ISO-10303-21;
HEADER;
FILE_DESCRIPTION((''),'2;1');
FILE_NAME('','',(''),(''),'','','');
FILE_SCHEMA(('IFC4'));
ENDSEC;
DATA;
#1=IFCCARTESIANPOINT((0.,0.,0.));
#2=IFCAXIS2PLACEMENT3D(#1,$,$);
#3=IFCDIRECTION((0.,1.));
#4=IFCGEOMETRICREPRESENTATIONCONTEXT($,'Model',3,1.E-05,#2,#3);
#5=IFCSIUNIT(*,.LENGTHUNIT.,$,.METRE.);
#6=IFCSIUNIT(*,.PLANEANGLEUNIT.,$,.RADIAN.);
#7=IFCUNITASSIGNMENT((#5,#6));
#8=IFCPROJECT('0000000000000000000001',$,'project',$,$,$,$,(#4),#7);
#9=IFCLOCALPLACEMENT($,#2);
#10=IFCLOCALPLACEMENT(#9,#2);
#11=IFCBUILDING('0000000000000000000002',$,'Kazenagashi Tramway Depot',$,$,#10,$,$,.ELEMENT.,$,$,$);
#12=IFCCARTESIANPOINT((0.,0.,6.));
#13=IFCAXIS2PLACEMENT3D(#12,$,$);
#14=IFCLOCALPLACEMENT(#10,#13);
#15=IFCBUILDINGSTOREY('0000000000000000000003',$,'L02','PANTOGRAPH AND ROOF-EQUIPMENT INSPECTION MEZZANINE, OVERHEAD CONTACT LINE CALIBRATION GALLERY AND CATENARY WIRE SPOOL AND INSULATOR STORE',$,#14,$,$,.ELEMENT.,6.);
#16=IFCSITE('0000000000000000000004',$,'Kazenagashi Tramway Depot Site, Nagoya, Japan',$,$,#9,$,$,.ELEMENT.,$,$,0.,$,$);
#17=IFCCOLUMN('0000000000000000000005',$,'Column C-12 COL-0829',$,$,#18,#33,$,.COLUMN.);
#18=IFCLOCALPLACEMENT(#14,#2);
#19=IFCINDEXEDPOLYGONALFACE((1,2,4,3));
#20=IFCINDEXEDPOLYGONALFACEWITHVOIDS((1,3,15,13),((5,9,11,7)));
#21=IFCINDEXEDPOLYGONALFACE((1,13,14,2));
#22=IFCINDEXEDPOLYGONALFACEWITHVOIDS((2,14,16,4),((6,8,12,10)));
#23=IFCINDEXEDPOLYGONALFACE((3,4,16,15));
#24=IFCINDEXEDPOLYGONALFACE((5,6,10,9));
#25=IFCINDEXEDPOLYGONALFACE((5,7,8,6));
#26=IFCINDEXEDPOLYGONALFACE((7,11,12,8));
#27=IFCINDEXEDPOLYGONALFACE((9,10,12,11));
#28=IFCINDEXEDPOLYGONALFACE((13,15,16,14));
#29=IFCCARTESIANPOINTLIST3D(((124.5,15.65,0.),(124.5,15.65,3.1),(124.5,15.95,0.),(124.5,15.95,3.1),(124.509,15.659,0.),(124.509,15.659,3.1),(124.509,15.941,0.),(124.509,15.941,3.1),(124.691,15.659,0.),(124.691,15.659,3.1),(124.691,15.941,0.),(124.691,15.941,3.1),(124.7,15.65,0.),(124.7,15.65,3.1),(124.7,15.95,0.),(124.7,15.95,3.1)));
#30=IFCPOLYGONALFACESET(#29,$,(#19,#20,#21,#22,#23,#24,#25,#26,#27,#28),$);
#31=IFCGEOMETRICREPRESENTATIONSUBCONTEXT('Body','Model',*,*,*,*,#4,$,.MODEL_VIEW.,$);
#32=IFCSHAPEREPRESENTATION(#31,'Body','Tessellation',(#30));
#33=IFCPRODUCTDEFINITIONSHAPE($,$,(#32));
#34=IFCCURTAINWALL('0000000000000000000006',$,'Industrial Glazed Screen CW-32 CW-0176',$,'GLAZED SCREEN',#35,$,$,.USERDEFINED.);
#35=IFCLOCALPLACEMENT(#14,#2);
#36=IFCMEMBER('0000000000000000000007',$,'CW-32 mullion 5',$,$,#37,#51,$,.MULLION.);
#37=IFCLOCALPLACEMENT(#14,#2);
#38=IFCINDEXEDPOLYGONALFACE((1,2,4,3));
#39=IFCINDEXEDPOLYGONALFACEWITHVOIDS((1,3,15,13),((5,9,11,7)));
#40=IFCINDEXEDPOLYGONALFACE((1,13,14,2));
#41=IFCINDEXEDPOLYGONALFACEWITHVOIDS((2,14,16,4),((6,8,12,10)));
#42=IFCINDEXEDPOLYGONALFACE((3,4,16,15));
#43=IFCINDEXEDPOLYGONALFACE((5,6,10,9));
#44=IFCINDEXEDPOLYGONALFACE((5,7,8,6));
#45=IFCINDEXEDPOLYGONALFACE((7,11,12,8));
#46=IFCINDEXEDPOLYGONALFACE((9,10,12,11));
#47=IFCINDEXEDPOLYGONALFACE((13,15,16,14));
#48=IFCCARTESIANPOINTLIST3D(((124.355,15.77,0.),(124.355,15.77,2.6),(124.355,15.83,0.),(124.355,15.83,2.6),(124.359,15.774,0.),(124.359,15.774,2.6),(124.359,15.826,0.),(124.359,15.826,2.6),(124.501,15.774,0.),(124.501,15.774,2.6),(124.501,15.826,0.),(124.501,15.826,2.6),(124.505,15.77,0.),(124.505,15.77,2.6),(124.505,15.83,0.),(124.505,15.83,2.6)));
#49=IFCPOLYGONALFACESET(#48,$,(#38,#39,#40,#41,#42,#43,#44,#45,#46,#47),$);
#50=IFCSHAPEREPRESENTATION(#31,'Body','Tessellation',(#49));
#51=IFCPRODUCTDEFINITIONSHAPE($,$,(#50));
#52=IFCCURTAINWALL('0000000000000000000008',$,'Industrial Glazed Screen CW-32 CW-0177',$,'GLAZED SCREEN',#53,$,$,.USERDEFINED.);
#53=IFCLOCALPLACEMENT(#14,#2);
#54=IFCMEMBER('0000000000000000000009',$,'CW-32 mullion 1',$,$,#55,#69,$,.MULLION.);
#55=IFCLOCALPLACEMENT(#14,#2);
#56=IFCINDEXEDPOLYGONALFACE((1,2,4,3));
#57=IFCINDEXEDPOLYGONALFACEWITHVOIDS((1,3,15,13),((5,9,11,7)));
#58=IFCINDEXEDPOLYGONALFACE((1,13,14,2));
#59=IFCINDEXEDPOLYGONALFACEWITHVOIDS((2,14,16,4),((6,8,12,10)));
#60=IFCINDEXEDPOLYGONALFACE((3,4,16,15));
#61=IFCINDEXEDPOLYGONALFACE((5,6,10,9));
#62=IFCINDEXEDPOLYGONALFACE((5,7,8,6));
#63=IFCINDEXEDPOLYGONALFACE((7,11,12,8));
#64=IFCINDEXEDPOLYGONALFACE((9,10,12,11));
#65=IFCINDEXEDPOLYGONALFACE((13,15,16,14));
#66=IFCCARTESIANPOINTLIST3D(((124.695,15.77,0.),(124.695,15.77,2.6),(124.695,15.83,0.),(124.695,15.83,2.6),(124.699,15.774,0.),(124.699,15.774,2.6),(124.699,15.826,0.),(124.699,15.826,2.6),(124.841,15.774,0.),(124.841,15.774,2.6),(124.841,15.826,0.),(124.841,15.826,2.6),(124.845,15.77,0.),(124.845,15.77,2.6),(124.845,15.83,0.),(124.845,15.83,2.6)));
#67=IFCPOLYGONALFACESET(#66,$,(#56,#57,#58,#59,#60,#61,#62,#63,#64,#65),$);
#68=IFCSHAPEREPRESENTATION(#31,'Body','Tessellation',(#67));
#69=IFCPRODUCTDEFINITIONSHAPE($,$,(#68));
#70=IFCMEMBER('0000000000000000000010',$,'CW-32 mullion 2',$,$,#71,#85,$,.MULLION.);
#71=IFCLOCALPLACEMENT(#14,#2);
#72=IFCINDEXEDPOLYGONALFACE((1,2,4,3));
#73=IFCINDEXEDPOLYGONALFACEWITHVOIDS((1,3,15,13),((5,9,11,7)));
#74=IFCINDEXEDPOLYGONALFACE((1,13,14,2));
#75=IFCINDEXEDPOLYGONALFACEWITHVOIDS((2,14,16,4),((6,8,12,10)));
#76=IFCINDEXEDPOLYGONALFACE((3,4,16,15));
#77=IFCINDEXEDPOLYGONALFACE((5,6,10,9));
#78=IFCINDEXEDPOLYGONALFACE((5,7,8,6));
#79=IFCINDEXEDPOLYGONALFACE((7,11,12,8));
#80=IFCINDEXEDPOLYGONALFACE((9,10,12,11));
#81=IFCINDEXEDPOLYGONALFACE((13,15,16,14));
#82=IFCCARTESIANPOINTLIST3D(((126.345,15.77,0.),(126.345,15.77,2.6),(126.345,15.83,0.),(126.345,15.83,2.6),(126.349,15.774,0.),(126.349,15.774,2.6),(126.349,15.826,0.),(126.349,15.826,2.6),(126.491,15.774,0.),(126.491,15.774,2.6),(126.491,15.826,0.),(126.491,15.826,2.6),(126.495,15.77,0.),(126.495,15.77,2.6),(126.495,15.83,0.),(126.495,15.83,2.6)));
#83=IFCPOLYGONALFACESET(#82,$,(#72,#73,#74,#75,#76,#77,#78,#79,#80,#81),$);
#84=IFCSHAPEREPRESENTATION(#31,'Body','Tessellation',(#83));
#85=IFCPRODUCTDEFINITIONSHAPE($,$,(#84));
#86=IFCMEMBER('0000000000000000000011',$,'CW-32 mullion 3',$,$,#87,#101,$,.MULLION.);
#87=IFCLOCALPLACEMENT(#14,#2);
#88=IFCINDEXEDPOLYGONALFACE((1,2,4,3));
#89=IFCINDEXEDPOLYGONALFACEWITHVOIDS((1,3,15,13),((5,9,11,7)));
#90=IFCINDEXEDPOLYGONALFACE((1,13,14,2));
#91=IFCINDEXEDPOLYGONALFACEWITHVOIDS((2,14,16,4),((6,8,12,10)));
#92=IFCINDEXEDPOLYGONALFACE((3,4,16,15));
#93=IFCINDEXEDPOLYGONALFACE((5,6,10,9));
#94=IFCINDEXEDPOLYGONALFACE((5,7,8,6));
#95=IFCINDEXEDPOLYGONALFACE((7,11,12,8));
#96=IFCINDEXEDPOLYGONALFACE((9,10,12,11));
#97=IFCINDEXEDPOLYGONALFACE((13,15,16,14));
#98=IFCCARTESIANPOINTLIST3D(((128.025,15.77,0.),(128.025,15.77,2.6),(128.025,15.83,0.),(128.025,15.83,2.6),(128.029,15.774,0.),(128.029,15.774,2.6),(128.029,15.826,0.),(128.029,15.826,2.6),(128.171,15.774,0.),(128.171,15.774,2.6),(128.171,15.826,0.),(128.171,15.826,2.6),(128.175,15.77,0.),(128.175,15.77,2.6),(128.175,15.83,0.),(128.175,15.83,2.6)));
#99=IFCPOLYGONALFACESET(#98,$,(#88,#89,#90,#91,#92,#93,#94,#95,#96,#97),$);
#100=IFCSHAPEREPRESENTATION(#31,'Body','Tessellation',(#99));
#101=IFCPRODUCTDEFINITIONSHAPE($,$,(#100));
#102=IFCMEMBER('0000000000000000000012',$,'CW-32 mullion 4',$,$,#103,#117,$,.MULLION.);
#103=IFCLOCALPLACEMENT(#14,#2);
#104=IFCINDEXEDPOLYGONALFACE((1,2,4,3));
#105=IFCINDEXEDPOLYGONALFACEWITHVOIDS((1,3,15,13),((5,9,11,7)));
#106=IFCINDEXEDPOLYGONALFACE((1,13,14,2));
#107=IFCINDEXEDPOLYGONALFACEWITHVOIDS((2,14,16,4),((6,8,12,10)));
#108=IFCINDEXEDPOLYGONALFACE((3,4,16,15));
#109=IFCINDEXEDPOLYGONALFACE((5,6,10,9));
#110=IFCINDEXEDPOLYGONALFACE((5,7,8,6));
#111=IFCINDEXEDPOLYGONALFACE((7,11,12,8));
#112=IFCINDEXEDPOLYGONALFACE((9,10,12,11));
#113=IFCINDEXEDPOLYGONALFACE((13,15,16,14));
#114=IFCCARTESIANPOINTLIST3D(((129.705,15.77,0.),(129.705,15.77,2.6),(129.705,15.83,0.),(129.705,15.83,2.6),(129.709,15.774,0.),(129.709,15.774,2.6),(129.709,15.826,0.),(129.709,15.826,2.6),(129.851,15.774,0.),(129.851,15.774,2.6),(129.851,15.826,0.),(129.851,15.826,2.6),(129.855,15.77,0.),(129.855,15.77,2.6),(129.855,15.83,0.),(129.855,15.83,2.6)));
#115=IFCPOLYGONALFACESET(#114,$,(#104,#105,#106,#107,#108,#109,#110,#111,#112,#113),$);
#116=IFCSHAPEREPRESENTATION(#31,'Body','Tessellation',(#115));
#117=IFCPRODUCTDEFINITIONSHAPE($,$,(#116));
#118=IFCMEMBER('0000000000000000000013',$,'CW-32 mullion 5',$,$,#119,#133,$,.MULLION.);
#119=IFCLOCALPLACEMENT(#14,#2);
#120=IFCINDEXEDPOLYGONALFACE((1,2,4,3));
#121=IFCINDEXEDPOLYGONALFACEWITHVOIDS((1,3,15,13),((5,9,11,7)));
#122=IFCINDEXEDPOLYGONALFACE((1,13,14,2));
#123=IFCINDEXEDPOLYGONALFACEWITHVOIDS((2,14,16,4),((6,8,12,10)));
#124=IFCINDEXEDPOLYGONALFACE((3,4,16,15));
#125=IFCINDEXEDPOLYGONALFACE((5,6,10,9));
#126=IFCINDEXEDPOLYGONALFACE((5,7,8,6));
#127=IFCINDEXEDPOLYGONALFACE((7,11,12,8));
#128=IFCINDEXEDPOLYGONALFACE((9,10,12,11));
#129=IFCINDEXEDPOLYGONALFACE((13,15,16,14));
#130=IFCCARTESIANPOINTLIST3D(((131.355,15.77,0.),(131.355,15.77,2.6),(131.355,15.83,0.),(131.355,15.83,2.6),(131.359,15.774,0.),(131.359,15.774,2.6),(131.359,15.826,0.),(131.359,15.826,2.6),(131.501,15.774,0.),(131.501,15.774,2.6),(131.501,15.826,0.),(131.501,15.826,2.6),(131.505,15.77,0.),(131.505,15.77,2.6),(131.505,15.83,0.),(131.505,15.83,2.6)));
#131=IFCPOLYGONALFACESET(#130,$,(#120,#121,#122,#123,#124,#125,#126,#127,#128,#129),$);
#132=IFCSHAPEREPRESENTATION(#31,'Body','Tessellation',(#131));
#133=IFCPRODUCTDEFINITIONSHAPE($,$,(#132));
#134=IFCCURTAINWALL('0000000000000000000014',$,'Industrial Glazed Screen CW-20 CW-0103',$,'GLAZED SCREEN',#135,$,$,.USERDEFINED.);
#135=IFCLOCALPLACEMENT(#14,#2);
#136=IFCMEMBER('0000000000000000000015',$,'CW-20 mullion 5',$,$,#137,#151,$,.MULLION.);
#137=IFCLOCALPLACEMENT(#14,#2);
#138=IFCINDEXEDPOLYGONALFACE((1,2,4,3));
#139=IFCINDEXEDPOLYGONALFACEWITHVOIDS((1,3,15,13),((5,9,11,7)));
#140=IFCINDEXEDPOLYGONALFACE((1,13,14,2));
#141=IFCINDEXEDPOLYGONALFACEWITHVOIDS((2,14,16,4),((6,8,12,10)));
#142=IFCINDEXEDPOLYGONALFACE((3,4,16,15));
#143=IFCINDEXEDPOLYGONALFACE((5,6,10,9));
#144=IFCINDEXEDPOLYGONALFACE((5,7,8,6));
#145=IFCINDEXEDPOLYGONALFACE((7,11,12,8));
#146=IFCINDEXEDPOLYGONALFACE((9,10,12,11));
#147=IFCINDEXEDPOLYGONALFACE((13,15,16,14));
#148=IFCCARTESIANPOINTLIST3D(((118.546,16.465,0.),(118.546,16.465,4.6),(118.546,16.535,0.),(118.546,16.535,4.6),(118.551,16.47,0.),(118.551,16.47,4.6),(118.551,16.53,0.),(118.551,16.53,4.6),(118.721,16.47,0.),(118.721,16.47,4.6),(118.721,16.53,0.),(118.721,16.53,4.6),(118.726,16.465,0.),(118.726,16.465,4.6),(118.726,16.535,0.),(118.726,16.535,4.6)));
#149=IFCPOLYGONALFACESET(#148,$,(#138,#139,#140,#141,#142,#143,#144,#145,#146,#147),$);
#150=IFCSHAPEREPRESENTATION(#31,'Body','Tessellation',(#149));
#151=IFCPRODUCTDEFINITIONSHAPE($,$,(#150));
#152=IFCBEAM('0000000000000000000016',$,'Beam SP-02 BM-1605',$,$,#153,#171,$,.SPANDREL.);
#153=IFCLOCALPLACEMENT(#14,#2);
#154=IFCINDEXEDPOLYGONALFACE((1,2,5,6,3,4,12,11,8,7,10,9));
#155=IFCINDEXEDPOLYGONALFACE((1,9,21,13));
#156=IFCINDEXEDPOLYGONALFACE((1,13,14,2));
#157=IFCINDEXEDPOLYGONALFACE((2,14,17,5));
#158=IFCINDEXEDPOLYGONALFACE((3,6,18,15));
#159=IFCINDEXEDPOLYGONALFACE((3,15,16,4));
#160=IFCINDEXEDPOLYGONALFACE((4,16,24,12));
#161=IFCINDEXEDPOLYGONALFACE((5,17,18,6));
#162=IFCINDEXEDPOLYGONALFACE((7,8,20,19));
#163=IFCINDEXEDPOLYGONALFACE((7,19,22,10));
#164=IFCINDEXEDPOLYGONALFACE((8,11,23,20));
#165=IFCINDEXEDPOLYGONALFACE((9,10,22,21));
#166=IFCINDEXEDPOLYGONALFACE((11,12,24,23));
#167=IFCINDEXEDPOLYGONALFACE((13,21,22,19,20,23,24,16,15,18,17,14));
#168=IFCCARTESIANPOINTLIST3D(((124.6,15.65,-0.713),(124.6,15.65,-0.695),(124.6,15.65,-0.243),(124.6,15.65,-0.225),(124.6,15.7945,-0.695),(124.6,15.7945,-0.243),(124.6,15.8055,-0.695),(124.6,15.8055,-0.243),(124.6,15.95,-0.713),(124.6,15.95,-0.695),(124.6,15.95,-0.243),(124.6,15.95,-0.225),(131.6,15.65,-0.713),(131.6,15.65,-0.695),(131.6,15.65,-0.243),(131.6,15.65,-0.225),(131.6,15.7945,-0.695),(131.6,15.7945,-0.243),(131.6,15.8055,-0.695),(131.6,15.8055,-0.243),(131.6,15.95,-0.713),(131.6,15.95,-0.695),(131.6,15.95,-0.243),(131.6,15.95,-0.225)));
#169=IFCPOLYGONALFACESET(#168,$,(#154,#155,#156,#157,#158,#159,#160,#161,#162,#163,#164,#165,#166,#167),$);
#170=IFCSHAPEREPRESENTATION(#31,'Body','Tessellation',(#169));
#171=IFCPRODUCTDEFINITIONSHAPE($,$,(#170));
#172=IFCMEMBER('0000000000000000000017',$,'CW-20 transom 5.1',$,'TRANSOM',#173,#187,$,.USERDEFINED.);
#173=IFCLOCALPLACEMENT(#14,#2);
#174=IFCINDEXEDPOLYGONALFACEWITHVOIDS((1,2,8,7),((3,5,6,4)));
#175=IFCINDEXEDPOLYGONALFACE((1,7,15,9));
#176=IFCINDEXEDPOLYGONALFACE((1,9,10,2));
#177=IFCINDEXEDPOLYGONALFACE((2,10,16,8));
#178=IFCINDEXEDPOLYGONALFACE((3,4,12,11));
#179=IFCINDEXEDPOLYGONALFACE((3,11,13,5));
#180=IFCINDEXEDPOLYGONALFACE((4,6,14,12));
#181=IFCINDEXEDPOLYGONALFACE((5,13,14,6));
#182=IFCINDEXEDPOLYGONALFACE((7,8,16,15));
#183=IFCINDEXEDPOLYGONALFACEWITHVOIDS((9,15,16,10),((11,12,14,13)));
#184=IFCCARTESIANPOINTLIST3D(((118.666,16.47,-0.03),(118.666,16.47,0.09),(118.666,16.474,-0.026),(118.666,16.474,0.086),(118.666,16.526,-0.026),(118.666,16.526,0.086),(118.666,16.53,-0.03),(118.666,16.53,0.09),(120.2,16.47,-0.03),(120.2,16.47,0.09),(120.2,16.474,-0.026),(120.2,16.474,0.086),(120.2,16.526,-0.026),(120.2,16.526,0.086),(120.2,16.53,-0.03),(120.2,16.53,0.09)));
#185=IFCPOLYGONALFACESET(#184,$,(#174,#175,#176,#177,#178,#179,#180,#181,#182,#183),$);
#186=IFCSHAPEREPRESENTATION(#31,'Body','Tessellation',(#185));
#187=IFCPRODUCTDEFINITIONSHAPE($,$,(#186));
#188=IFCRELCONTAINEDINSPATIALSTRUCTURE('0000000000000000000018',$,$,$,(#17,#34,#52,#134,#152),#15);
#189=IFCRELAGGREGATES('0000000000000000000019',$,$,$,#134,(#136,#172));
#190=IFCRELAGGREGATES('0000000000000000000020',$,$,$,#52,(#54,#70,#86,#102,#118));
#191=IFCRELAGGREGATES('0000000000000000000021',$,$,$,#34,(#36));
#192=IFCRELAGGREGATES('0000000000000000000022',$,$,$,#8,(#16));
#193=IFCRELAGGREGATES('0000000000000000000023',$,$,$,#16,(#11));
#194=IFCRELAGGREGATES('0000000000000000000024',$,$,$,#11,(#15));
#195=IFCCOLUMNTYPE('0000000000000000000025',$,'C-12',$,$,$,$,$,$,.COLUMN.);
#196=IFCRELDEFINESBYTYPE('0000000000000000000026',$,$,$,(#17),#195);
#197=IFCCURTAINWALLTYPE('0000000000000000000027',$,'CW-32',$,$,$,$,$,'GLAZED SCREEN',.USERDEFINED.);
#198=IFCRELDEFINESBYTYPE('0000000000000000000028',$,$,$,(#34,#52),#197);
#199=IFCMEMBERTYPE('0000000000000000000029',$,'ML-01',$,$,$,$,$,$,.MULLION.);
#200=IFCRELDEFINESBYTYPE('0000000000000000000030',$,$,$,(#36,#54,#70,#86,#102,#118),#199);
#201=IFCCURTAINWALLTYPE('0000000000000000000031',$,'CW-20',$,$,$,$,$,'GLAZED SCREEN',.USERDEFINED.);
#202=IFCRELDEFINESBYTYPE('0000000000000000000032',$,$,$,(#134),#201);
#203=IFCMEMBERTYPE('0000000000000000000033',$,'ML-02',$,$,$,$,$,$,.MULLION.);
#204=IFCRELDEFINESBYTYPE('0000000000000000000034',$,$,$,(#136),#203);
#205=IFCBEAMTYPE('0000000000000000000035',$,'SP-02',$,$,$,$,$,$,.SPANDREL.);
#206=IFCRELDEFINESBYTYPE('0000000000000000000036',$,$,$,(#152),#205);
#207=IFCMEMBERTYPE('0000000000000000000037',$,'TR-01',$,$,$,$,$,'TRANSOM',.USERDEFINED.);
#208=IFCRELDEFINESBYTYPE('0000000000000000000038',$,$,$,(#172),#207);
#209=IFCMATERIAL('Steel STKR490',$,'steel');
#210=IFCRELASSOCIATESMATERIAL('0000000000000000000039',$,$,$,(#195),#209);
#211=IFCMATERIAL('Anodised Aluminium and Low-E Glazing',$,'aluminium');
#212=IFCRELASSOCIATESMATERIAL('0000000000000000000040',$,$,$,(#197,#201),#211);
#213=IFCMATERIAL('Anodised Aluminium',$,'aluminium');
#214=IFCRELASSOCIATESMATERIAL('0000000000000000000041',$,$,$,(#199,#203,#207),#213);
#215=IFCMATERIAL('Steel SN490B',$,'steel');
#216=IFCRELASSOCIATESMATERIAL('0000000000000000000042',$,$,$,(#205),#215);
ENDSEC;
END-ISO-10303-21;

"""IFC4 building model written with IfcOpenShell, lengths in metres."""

from ifc_helpers import new_model, si_unit, direction, frame, origin, origin_2d, place, context, subcontext, project, spatial, hollow_rectangle, i_section, extrude, material, material_profile, profile_set, type_object, element, aggregate, save


model = new_model("IFC4")

# Units and contexts
model_context = context("Model", 3, precision=1e-05, world=origin(), true_north=direction((0.0, 1.0)))
body_context = subcontext(model_context, "Body", "Model", "MODEL_VIEW")
ifc_project = project(units=[si_unit("LENGTHUNIT", "METRE"), si_unit("PLANEANGLEUNIT", "RADIAN")], contexts=[model_context])

# Site, building, storey
site_placement = place(None, origin())
site = spatial("IfcSite", under=ifc_project, at=site_placement, Name="Kazenagashi Tramway Depot Site, Nagoya, Japan", CompositionType="ELEMENT", RefElevation=0.0)
building_placement = place(site_placement, origin())
building = spatial("IfcBuilding", under=site, at=building_placement, Name="Kazenagashi Tramway Depot", CompositionType="ELEMENT")
storey_placement = place(building_placement, frame((0.0, 0.0, 6.0)))
storey = spatial("IfcBuildingStorey", under=building, at=storey_placement, Name="L02", Description="PANTOGRAPH AND ROOF-EQUIPMENT INSPECTION MEZZANINE, OVERHEAD CONTACT LINE CALIBRATION GALLERY AND CATENARY WIRE SPOOL AND INSULATOR STORE", CompositionType="ELEMENT", Elevation=6.0)

# Column
ifc_material_1 = material(Name="Steel STKR490", Category="steel")
ifc_material_profile_1 = material_profile(ifc_material_1, hollow_rectangle(XDim=0.2, YDim=0.3, WallThickness=0.009, at=origin_2d()), Name="RHS-300x200x9")
ifc_profile_set_1 = profile_set([ifc_material_profile_1], Name="Steel STKR490")
column_type = type_object("IfcColumnType", Name="C-12", PredefinedType="COLUMN", material=ifc_profile_set_1)
column_placement = place(storey_placement, frame((124.6, 15.8, 0.0), z_axis=(0.0, 0.0, 1.0), x_axis=(1.0, 0.0, 0.0)))
element("IfcColumn", 1, at=column_placement, inside=storey, type_object=column_type, Name="Column C-12 COL-0829", PredefinedType="COLUMN", context=body_context, shape_type="SweptSolid", body=[
    extrude(hollow_rectangle(XDim=0.2, YDim=0.3, WallThickness=0.009, at=origin_2d()), origin(), (0.0, 0.0, 1.0), 3.1),
])

# Curtain wall, member
ifc_material_2 = material(Name="Anodised Aluminium and Low-E Glazing", Category="aluminium")
curtain_wall_type_1 = type_object("IfcCurtainWallType", Name="CW-32", ElementType="GLAZED SCREEN", PredefinedType="USERDEFINED", material=ifc_material_2)
curtain_wall_1_placement = place(storey_placement, origin())
curtain_wall_1 = element("IfcCurtainWall", 2, at=curtain_wall_1_placement, inside=storey, type_object=curtain_wall_type_1, Name="Industrial Glazed Screen CW-32 CW-0176", ObjectType="GLAZED SCREEN", PredefinedType="USERDEFINED")
ifc_material_3 = material(Name="Anodised Aluminium", Category="aluminium")
ifc_material_profile_2 = material_profile(ifc_material_3, hollow_rectangle(XDim=0.06, YDim=0.15, WallThickness=0.004, at=origin_2d()), Name="RHS-150x60x4")
ifc_profile_set_2 = profile_set([ifc_material_profile_2], Name="Anodised Aluminium")
member_type_1 = type_object("IfcMemberType", Name="ML-01", PredefinedType="MULLION", material=ifc_profile_set_2)
member_1_placement = place(storey_placement, frame((124.43, 15.8, 0.0), z_axis=(0.0, 0.0, 1.0), x_axis=(0.0, 1.0, 0.0)))
member_1 = element("IfcMember", 3, at=member_1_placement, type_object=member_type_1, Name="CW-32 mullion 5", PredefinedType="MULLION", context=body_context, shape_type="SweptSolid", body=[
    extrude(hollow_rectangle(XDim=0.06, YDim=0.15, WallThickness=0.004, at=origin_2d()), origin(), (0.0, 0.0, 1.0), 2.6),
])

# Curtain wall, members
curtain_wall_2_placement = place(storey_placement, origin())
curtain_wall_2 = element("IfcCurtainWall", 4, at=curtain_wall_2_placement, inside=storey, type_object=curtain_wall_type_1, Name="Industrial Glazed Screen CW-32 CW-0177", ObjectType="GLAZED SCREEN", PredefinedType="USERDEFINED")
member_2_placement = place(storey_placement, frame((124.77, 15.8, 0.0), z_axis=(0.0, 0.0, 1.0), x_axis=(0.0, 1.0, 0.0)))
member_2 = element("IfcMember", 5, at=member_2_placement, type_object=member_type_1, Name="CW-32 mullion 1", PredefinedType="MULLION", context=body_context, shape_type="SweptSolid", body=[
    extrude(hollow_rectangle(XDim=0.06, YDim=0.15, WallThickness=0.004, at=origin_2d()), origin(), (0.0, 0.0, 1.0), 2.6),
])
member_3_placement = place(storey_placement, frame((126.42, 15.8, 0.0), z_axis=(0.0, 0.0, 1.0), x_axis=(0.0, 1.0, 0.0)))
member_3 = element("IfcMember", 6, at=member_3_placement, type_object=member_type_1, Name="CW-32 mullion 2", PredefinedType="MULLION", context=body_context, shape_type="SweptSolid", body=[
    extrude(hollow_rectangle(XDim=0.06, YDim=0.15, WallThickness=0.004, at=origin_2d()), origin(), (0.0, 0.0, 1.0), 2.6),
])
member_4_placement = place(storey_placement, frame((128.1, 15.8, 0.0), z_axis=(0.0, 0.0, 1.0), x_axis=(0.0, 1.0, 0.0)))
member_4 = element("IfcMember", 7, at=member_4_placement, type_object=member_type_1, Name="CW-32 mullion 3", PredefinedType="MULLION", context=body_context, shape_type="SweptSolid", body=[
    extrude(hollow_rectangle(XDim=0.06, YDim=0.15, WallThickness=0.004, at=origin_2d()), origin(), (0.0, 0.0, 1.0), 2.6),
])
member_5_placement = place(storey_placement, frame((129.78, 15.8, 0.0), z_axis=(0.0, 0.0, 1.0), x_axis=(0.0, 1.0, 0.0)))
member_5 = element("IfcMember", 8, at=member_5_placement, type_object=member_type_1, Name="CW-32 mullion 4", PredefinedType="MULLION", context=body_context, shape_type="SweptSolid", body=[
    extrude(hollow_rectangle(XDim=0.06, YDim=0.15, WallThickness=0.004, at=origin_2d()), origin(), (0.0, 0.0, 1.0), 2.6),
])
member_6_placement = place(storey_placement, frame((131.43, 15.8, 0.0), z_axis=(0.0, 0.0, 1.0), x_axis=(0.0, 1.0, 0.0)))
member_6 = element("IfcMember", 9, at=member_6_placement, type_object=member_type_1, Name="CW-32 mullion 5", PredefinedType="MULLION", context=body_context, shape_type="SweptSolid", body=[
    extrude(hollow_rectangle(XDim=0.06, YDim=0.15, WallThickness=0.004, at=origin_2d()), origin(), (0.0, 0.0, 1.0), 2.6),
])

# Curtain wall, member
curtain_wall_type_2 = type_object("IfcCurtainWallType", Name="CW-20", ElementType="GLAZED SCREEN", PredefinedType="USERDEFINED", material=ifc_material_2)
curtain_wall_3_placement = place(storey_placement, origin())
curtain_wall_3 = element("IfcCurtainWall", 10, at=curtain_wall_3_placement, inside=storey, type_object=curtain_wall_type_2, Name="Industrial Glazed Screen CW-20 CW-0103", ObjectType="GLAZED SCREEN", PredefinedType="USERDEFINED")
ifc_material_profile_3 = material_profile(ifc_material_3, hollow_rectangle(XDim=0.07, YDim=0.18, WallThickness=0.005, at=origin_2d()), Name="RHS-180x70x5")
ifc_profile_set_3 = profile_set([ifc_material_profile_3], Name="Anodised Aluminium")
member_type_2 = type_object("IfcMemberType", Name="ML-02", PredefinedType="MULLION", material=ifc_profile_set_3)
member_7_placement = place(storey_placement, frame((118.636, 16.5, 0.0), z_axis=(0.0, 0.0, 1.0), x_axis=(0.0, 1.0, 0.0)))
member_7 = element("IfcMember", 11, at=member_7_placement, type_object=member_type_2, Name="CW-20 mullion 5", PredefinedType="MULLION", context=body_context, shape_type="SweptSolid", body=[
    extrude(hollow_rectangle(XDim=0.07, YDim=0.18, WallThickness=0.005, at=origin_2d()), origin(), (0.0, 0.0, 1.0), 4.6),
])

# Beam
ifc_material_4 = material(Name="Steel SN490B", Category="steel")
ifc_material_profile_4 = material_profile(ifc_material_4, i_section(OverallWidth=0.3, OverallDepth=0.488, WebThickness=0.011, FlangeThickness=0.018, at=origin_2d()), Name="H-488x300x11x18")
ifc_profile_set_4 = profile_set([ifc_material_profile_4], Name="Steel SN490B")
beam_type = type_object("IfcBeamType", Name="SP-02", PredefinedType="SPANDREL", material=ifc_profile_set_4)
beam_placement = place(storey_placement, frame((124.6, 15.8, -0.469), z_axis=(1.0, 0.0, 0.0), x_axis=(0.0, 1.0, 0.0)))
element("IfcBeam", 12, at=beam_placement, inside=storey, type_object=beam_type, Name="Beam SP-02 BM-1605", PredefinedType="SPANDREL", context=body_context, shape_type="SweptSolid", body=[
    extrude(i_section(OverallWidth=0.3, OverallDepth=0.488, WebThickness=0.011, FlangeThickness=0.018, at=origin_2d()), origin(), (0.0, 0.0, 1.0), 7.0),
])

# Member
ifc_material_profile_5 = material_profile(ifc_material_3, hollow_rectangle(XDim=0.06, YDim=0.12, WallThickness=0.004, at=origin_2d()), Name="RHS-120x60x4")
ifc_profile_set_5 = profile_set([ifc_material_profile_5], Name="Anodised Aluminium")
member_type_3 = type_object("IfcMemberType", Name="TR-01", ElementType="TRANSOM", PredefinedType="USERDEFINED", material=ifc_profile_set_5)
member_8_placement = place(storey_placement, frame((118.666, 16.5, 0.03), z_axis=(1.0, 0.0, 0.0), x_axis=(0.0, 1.0, 0.0)))
member_8 = element("IfcMember", 13, at=member_8_placement, type_object=member_type_3, Name="CW-20 transom 5.1", ObjectType="TRANSOM", PredefinedType="USERDEFINED", context=body_context, shape_type="SweptSolid", body=[
    extrude(hollow_rectangle(XDim=0.06, YDim=0.12, WallThickness=0.004, at=origin_2d()), origin(), (0.0, 0.0, 1.0), 1.534),
])
aggregate(curtain_wall_3, [member_7, member_8])

aggregate(curtain_wall_2, [member_2, member_3, member_4, member_5, member_6])
aggregate(curtain_wall_1, [member_1])

save(model, "model.ifc")
